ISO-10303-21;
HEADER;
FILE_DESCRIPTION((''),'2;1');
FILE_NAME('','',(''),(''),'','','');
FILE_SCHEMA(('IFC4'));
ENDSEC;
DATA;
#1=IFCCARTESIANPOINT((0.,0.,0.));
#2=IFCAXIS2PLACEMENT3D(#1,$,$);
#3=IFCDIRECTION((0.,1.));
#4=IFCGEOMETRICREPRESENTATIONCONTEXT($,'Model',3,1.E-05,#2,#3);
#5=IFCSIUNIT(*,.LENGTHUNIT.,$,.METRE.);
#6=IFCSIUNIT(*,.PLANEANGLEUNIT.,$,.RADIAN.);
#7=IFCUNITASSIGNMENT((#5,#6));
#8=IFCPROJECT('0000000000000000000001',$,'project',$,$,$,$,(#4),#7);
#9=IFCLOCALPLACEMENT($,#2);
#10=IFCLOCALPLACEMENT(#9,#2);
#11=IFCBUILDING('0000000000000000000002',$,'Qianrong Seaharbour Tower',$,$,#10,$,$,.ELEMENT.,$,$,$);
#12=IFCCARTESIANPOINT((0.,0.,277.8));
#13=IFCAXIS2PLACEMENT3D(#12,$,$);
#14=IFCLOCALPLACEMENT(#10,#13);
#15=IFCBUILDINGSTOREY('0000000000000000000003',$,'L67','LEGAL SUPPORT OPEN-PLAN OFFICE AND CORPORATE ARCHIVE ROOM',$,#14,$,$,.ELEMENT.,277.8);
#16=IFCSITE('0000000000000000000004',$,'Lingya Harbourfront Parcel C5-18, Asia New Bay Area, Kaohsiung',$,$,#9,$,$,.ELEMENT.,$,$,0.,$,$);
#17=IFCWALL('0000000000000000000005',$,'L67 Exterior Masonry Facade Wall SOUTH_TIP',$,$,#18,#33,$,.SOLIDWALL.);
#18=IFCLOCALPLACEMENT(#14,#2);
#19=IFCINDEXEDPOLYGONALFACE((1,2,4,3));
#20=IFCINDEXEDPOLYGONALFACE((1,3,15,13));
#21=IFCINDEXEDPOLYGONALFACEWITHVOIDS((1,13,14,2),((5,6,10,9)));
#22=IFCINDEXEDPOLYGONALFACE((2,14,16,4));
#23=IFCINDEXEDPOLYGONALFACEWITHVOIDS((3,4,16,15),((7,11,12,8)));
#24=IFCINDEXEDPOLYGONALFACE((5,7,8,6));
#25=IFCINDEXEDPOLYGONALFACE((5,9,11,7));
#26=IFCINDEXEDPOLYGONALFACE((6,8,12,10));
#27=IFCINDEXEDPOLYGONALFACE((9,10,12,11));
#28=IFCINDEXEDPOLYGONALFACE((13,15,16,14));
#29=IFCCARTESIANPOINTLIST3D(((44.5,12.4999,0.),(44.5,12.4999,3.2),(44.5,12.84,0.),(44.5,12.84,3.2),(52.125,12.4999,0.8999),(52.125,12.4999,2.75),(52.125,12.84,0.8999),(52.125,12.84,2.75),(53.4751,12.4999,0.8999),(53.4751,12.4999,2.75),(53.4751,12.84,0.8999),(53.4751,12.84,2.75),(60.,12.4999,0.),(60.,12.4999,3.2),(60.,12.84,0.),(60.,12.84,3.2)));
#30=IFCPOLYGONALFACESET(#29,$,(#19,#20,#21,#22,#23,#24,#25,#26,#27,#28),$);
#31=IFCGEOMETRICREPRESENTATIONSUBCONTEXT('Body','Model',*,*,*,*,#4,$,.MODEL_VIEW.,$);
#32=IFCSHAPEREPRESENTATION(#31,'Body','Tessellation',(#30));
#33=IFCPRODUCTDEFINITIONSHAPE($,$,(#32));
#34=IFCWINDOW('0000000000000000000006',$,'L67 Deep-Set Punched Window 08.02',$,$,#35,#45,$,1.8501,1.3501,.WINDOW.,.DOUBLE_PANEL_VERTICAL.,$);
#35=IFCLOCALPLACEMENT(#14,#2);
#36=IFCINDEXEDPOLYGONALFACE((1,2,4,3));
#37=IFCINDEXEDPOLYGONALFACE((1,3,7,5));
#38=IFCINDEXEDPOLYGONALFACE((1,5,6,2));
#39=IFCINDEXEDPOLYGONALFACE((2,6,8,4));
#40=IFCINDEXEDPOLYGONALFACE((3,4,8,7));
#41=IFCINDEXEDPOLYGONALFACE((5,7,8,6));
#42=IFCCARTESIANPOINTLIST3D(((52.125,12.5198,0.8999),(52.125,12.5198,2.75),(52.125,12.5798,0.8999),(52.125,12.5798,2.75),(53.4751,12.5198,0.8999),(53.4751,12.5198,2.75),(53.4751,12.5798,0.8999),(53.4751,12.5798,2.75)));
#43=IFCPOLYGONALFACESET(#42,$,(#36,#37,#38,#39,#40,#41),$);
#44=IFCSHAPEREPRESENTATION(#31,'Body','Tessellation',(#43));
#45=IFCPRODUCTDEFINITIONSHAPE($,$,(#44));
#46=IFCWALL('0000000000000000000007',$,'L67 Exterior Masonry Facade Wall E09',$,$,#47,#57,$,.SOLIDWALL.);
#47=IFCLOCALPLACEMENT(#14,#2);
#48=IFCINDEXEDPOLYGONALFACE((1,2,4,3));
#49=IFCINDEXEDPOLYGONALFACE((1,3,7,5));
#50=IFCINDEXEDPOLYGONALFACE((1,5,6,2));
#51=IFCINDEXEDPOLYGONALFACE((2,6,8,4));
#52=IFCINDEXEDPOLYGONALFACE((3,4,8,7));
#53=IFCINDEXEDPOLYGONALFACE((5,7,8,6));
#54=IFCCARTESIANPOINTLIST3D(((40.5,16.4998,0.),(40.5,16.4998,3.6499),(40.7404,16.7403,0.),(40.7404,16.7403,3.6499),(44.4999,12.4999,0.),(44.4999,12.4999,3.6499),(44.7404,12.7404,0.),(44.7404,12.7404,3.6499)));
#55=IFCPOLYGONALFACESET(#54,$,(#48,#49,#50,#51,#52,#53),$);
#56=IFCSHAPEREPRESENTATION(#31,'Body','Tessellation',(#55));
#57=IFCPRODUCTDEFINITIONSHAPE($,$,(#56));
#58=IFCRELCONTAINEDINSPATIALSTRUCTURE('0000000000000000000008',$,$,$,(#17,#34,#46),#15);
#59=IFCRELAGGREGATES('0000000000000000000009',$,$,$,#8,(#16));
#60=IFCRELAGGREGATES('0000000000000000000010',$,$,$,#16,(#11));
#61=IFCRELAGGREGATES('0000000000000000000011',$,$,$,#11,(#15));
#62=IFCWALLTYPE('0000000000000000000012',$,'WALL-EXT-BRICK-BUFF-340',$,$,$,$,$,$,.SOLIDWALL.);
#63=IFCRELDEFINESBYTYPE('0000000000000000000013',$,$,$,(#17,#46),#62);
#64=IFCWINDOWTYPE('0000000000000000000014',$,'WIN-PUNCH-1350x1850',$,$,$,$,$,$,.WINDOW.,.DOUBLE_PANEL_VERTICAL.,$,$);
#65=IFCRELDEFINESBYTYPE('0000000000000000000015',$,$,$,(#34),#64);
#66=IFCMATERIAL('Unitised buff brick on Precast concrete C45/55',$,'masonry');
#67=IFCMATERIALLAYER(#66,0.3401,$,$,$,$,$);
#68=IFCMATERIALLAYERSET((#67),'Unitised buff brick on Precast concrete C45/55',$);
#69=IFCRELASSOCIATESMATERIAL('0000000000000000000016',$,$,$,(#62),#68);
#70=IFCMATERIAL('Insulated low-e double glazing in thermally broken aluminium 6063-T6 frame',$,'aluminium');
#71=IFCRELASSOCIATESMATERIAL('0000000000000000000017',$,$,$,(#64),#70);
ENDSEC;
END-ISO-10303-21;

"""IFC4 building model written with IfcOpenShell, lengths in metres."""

from ifc_helpers import new_model, si_unit, direction, frame, frame_2d, origin, place, context, subcontext, project, spatial, rectangle, extrude, material, layer, layer_set, type_object, element, fill, save


model = new_model("IFC4")

# Units and contexts
model_context = context("Model", 3, precision=1e-05, world=origin(), true_north=direction((0.0, 1.0)))
body_context = subcontext(model_context, "Body", "Model", "MODEL_VIEW")
ifc_project = project(units=[si_unit("LENGTHUNIT", "METRE"), si_unit("PLANEANGLEUNIT", "RADIAN")], contexts=[model_context])

# Site, building, storey
site_placement = place(None, origin())
site = spatial("IfcSite", under=ifc_project, at=site_placement, Name="Lingya Harbourfront Parcel C5-18, Asia New Bay Area, Kaohsiung", CompositionType="ELEMENT", RefElevation=0.0)
building_placement = place(site_placement, origin())
building = spatial("IfcBuilding", under=site, at=building_placement, Name="Qianrong Seaharbour Tower", CompositionType="ELEMENT")
storey_placement = place(building_placement, frame((0.0, 0.0, 277.8)))
storey = spatial("IfcBuildingStorey", under=building, at=storey_placement, Name="L67", Description="LEGAL SUPPORT OPEN-PLAN OFFICE AND CORPORATE ARCHIVE ROOM", CompositionType="ELEMENT", Elevation=277.8)

# Shared definitions
ifc_material_1 = material(Name="Unitised buff brick on Precast concrete C45/55", Category="masonry")
ifc_layer_1 = layer(ifc_material_1, 0.3401)
ifc_layer_set_1 = layer_set([ifc_layer_1], Name="Unitised buff brick on Precast concrete C45/55")
wall_type_1 = type_object("IfcWallType", Name="WALL-EXT-BRICK-BUFF-340", PredefinedType="SOLIDWALL", material=ifc_layer_set_1)

# Wall, opening, window
wall_1_placement = place(storey_placement, frame((60.0, 12.6699, 0.0), z_axis=(0.0, 0.0, 1.0), x_axis=(-1.0, 0.0, 0.0)))
wall_1 = element("IfcWall", 1, at=wall_1_placement, inside=storey, type_object=wall_type_1, Name="L67 Exterior Masonry Facade Wall SOUTH_TIP", PredefinedType="SOLIDWALL", context=body_context, shape_type="SweptSolid", body=[
    extrude(rectangle(XDim=15.5, YDim=0.3401, at=frame_2d((7.75, 0.0))), origin(), (0.0, 0.0, 1.0), 3.2),
])
opening_1_placement = place(wall_1_placement, frame((6.5249, 0.0, 0.8999)))
opening_1 = element("IfcOpeningElement", 2, at=opening_1_placement, cuts=wall_1, PredefinedType="OPENING", context=body_context, shape_type="SweptSolid", body=[
    extrude(rectangle(XDim=1.3501, YDim=1.8501, at=frame_2d((0.675, 0.925))), frame((0.0, 0.1802, 0.0), z_axis=(0.0, -1.0, 0.0), x_axis=(1.0, 0.0, 0.0)), (0.0, 0.0, 1.0), 0.3601),
])
ifc_material_2 = material(Name="Insulated low-e double glazing in thermally broken aluminium 6063-T6 frame", Category="aluminium")
window_type = type_object("IfcWindowType", Name="WIN-PUNCH-1350x1850", PartitioningType="DOUBLE_PANEL_VERTICAL", PredefinedType="WINDOW", material=ifc_material_2)
window_placement = place(opening_1_placement, origin())
window = element("IfcWindow", 3, at=window_placement, inside=storey, type_object=window_type, Name="L67 Deep-Set Punched Window 08.02", OverallHeight=1.8501, OverallWidth=1.3501, PartitioningType="DOUBLE_PANEL_VERTICAL", PredefinedType="WINDOW", context=body_context, shape_type="SweptSolid", body=[
    extrude(rectangle(XDim=1.3501, YDim=1.8501, at=frame_2d((0.675, 0.925))), frame((0.0, 0.1501, 0.0), z_axis=(0.0, -1.0, 0.0), x_axis=(1.0, 0.0, 0.0)), (0.0, 0.0, 1.0), 0.0601),
])
fill(opening_1, window)

# Wall
wall_2_placement = place(storey_placement, frame((44.6201, 12.6201, 0.0), z_axis=(0.0, 0.0, 1.0), x_axis=(-0.707107, 0.707107, 0.0)))
element("IfcWall", 4, at=wall_2_placement, inside=storey, type_object=wall_type_1, Name="L67 Exterior Masonry Facade Wall E09", PredefinedType="SOLIDWALL", context=body_context, shape_type="SweptSolid", body=[
    extrude(rectangle(XDim=5.6567, YDim=0.3401, at=frame_2d((2.8284, 0.0))), origin(), (0.0, 0.0, 1.0), 3.6499),
])

save(model, "model.ifc")
